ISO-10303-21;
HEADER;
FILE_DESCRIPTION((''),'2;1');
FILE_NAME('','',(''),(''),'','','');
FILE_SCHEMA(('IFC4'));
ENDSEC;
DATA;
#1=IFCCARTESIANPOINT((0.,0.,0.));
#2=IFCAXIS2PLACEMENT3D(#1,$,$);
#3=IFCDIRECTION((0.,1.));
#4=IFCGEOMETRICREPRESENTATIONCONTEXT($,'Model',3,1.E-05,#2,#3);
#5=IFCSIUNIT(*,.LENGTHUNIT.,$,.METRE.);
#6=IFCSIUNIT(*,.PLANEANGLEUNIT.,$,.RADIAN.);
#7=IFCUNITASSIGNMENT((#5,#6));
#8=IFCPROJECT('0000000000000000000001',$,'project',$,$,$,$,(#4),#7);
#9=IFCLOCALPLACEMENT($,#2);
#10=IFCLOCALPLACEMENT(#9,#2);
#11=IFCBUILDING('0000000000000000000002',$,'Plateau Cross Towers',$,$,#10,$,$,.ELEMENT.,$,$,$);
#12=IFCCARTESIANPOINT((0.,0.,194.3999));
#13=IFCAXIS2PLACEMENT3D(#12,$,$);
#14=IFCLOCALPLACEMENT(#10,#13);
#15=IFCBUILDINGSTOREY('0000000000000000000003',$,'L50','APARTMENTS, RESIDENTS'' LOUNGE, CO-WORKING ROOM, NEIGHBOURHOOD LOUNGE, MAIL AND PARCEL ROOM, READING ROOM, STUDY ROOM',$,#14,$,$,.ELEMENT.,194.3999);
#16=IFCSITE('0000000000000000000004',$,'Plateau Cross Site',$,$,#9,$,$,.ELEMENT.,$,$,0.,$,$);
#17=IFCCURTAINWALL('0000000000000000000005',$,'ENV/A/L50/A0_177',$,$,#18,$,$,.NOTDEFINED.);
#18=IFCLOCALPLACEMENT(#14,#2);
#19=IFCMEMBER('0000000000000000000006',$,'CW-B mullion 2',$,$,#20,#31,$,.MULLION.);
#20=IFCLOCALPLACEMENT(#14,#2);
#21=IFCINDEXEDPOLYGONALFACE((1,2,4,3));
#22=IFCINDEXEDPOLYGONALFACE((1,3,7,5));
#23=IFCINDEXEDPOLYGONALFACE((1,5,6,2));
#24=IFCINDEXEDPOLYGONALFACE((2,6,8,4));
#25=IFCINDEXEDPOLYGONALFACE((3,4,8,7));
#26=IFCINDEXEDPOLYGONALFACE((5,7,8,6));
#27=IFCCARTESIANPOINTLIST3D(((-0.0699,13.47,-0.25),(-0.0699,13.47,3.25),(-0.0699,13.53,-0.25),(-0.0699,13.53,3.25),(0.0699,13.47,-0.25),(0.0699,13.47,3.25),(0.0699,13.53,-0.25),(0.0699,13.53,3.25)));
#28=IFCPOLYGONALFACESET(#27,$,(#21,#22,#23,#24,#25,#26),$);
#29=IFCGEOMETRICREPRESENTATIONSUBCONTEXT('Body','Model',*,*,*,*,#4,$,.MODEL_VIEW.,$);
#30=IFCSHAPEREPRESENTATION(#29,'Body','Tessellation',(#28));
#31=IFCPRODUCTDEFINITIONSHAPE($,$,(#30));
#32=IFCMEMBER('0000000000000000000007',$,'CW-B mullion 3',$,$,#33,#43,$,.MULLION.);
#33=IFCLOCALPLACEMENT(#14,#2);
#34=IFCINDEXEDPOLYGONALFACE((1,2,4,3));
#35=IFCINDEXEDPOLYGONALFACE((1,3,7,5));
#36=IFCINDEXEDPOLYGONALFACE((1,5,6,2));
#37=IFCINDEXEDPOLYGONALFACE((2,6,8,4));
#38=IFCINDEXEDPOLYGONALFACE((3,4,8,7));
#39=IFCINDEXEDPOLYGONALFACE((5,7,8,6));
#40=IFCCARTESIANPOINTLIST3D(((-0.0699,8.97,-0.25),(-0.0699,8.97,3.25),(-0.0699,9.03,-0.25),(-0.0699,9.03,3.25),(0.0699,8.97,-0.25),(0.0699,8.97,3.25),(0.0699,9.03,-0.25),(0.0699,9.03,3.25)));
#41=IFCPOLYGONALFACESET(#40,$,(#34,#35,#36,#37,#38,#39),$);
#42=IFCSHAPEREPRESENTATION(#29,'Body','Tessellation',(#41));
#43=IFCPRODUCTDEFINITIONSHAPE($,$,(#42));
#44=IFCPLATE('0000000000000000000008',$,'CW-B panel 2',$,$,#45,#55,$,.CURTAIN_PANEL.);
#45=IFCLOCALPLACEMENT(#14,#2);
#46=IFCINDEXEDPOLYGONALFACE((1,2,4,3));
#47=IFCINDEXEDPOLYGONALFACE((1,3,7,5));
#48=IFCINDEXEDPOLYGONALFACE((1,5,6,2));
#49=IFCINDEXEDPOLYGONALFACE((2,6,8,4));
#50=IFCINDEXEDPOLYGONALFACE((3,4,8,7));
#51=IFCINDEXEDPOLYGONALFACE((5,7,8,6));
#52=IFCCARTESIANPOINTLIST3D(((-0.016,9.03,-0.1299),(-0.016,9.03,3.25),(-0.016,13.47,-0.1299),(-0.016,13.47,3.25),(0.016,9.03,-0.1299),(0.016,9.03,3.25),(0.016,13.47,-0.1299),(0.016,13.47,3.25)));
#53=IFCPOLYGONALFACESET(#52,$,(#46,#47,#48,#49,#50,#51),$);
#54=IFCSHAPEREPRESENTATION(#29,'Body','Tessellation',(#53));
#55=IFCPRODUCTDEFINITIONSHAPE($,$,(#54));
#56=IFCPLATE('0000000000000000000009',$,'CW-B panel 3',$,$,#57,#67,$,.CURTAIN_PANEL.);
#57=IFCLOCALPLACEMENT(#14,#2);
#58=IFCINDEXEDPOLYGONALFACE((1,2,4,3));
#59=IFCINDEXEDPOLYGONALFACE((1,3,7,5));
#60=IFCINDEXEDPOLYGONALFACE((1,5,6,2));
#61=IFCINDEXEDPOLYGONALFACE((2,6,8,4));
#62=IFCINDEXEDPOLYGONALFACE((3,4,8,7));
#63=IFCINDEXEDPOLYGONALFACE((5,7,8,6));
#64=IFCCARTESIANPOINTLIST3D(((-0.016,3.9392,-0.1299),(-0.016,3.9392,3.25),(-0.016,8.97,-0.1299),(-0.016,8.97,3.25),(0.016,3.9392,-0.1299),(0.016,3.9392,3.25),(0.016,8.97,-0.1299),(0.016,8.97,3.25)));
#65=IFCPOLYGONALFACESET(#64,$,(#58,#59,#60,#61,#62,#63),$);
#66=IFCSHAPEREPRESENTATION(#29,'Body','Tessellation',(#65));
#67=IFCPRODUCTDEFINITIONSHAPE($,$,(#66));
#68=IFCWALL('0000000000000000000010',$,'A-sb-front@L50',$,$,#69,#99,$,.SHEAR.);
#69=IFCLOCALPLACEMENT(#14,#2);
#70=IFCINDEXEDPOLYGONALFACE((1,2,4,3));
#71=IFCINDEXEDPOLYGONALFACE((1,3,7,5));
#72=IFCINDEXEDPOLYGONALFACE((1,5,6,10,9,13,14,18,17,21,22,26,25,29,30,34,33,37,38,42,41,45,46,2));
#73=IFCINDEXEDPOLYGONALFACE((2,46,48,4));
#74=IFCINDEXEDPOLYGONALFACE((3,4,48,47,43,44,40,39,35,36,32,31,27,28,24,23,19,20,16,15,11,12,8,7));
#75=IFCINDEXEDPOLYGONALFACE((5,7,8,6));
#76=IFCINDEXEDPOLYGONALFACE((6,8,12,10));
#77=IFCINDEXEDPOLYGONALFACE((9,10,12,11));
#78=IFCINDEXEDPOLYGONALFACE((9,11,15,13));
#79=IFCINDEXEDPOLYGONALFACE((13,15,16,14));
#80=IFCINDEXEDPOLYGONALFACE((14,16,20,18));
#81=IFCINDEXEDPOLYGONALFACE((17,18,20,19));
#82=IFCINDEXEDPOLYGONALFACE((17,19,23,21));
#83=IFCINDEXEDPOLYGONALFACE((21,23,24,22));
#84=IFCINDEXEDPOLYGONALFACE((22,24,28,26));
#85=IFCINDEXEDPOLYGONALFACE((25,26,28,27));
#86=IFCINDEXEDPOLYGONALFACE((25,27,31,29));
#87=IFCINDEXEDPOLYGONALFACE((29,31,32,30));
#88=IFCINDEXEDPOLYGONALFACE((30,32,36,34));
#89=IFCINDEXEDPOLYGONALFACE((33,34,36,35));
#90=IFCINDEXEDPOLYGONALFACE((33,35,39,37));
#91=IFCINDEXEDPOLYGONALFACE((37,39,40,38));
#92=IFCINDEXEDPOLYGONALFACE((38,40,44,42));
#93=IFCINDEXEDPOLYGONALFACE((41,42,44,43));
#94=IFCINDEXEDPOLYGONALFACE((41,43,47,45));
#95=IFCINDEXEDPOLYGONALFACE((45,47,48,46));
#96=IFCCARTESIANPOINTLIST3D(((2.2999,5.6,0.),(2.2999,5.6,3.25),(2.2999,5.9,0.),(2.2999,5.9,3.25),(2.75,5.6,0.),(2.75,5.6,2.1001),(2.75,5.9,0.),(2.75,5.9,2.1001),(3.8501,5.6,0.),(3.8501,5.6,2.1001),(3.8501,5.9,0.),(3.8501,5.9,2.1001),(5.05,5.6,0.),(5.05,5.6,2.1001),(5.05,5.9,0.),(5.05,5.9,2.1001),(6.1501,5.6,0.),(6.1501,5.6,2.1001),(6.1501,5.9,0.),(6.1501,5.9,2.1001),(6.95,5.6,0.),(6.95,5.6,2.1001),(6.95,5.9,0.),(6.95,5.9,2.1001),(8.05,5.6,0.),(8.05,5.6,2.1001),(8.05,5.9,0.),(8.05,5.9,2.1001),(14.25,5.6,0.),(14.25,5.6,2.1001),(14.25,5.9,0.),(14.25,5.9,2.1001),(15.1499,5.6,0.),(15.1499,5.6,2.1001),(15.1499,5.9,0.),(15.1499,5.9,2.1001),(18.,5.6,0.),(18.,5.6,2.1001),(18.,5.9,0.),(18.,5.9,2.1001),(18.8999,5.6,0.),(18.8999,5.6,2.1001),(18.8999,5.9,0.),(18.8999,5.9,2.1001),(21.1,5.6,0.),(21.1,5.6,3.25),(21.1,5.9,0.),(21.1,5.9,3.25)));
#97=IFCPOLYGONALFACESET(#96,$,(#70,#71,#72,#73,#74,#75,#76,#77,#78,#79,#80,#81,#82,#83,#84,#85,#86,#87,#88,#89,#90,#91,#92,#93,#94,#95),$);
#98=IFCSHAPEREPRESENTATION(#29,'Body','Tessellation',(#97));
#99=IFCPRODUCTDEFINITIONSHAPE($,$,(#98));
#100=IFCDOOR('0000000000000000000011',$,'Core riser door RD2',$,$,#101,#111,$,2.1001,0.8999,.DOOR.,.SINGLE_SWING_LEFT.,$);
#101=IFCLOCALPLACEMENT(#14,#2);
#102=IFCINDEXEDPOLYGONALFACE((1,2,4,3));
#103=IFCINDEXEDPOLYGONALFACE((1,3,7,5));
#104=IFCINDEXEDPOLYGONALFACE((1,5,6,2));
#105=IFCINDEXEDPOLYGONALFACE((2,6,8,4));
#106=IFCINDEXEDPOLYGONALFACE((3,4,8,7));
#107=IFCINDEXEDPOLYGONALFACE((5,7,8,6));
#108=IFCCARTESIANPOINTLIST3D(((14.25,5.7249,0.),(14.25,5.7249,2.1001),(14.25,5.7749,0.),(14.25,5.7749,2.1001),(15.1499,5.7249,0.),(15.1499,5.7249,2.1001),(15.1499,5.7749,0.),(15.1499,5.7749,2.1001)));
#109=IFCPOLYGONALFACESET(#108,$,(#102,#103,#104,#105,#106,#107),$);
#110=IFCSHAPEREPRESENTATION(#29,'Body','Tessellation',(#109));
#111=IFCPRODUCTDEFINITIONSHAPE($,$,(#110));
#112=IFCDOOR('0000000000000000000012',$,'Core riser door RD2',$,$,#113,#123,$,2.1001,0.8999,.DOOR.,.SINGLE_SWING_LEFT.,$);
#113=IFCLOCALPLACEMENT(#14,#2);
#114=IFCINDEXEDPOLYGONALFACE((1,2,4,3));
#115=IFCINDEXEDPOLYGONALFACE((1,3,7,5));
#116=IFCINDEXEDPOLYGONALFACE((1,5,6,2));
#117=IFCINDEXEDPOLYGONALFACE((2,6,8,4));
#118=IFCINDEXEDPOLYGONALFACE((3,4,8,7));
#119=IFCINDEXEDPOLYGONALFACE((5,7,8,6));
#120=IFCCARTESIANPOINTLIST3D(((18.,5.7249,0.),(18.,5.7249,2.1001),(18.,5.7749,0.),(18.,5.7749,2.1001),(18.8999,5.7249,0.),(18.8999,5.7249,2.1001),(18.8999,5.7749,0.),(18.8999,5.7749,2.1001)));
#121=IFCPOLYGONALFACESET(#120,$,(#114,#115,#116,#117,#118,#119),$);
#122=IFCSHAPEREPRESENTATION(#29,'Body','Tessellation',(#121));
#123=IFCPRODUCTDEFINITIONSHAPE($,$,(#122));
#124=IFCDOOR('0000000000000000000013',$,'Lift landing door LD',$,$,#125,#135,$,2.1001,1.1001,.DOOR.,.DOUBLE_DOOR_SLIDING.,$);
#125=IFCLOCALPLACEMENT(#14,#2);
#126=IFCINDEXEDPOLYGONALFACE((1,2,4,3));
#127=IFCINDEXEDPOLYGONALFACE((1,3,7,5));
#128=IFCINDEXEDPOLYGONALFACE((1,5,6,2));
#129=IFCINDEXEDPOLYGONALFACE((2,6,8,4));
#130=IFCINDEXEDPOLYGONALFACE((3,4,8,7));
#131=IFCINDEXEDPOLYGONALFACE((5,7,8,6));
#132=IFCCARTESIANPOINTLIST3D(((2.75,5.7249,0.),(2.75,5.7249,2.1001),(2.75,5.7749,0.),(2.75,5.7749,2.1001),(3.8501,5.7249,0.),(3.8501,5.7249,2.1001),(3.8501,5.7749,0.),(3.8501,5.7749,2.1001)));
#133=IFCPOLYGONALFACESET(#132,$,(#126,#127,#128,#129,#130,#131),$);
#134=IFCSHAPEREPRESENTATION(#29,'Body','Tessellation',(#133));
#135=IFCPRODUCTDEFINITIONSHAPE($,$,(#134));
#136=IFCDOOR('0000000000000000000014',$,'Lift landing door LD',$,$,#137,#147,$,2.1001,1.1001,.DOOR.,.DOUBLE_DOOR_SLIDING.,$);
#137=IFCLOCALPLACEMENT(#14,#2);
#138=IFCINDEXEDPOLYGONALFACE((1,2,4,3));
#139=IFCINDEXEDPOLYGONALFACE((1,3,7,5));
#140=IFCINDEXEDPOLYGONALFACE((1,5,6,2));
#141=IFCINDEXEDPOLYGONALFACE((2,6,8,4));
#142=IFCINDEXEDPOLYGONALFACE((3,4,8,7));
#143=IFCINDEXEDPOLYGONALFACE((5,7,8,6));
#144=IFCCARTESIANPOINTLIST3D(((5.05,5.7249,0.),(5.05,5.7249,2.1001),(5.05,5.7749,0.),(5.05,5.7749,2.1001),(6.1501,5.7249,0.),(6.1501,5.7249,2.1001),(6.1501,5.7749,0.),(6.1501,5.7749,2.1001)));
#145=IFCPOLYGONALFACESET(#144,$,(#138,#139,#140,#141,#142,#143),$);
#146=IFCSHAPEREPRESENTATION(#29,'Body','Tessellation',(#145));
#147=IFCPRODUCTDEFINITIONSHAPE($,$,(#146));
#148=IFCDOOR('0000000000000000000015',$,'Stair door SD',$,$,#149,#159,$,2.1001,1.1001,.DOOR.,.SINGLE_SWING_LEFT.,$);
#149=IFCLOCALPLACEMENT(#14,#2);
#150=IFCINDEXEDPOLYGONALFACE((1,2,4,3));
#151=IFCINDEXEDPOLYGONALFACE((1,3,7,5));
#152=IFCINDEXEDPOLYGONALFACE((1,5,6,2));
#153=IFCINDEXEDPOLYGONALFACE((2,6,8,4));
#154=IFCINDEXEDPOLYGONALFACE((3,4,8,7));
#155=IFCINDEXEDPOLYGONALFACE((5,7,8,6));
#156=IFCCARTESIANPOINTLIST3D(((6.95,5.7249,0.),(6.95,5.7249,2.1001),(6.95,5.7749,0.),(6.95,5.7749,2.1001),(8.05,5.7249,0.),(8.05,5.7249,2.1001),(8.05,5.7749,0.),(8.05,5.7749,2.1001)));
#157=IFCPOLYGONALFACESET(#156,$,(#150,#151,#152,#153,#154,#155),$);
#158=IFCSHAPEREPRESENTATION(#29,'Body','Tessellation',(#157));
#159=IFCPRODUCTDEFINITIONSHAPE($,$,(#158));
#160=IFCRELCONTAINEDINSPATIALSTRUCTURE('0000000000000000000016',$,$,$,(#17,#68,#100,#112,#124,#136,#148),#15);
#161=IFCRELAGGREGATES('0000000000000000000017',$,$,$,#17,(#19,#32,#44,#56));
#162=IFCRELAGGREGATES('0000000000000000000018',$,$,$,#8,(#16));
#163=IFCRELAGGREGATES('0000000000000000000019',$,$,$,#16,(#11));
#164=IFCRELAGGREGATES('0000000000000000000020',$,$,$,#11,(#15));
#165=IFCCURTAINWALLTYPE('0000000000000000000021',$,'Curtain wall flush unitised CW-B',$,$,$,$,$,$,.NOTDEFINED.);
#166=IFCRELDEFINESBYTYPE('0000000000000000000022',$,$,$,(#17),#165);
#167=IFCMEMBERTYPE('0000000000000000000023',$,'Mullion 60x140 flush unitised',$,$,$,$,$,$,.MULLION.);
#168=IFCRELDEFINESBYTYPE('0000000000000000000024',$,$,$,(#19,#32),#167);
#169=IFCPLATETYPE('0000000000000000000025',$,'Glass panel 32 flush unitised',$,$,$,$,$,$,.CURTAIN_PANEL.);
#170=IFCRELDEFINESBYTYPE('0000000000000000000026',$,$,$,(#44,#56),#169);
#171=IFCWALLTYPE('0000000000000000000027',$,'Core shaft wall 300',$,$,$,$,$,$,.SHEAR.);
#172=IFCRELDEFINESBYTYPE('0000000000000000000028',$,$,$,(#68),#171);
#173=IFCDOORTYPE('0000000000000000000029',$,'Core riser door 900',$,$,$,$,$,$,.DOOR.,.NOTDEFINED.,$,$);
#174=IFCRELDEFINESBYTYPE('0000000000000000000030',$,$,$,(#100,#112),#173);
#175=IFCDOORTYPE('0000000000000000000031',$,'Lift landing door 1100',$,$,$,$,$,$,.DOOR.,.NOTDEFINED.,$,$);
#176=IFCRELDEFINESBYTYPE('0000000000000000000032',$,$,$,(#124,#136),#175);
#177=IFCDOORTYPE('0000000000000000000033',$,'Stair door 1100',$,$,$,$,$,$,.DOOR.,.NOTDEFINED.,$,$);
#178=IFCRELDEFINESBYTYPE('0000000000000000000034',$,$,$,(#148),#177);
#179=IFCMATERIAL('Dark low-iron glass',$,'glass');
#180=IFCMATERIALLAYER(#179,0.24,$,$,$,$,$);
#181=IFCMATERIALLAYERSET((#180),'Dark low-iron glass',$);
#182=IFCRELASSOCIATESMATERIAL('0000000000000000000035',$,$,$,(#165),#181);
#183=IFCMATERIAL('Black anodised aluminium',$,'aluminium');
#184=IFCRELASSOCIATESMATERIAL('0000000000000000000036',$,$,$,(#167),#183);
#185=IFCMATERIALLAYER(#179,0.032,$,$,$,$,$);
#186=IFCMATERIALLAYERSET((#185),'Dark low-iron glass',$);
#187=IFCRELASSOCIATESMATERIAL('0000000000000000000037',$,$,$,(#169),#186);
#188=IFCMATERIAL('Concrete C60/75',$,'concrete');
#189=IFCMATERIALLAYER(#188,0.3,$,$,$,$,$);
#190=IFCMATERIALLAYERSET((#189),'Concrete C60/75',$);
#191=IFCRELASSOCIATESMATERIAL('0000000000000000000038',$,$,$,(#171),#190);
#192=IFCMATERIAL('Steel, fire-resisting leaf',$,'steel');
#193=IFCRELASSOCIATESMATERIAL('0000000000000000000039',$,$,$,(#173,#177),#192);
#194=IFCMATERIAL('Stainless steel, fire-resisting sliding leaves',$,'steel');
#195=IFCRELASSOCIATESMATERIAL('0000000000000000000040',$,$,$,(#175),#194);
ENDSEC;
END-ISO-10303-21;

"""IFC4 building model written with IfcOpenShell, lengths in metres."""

from ifc_helpers import new_model, si_unit, direction, frame, frame_2d, origin, origin_2d, place, context, subcontext, project, spatial, rectangle, extrude, material, layer, layer_set, material_profile, profile_set, type_object, element, fill, aggregate, save


model = new_model("IFC4")

# Units and contexts
model_context = context("Model", 3, precision=1e-05, world=origin(), true_north=direction((0.0, 1.0)))
body_context = subcontext(model_context, "Body", "Model", "MODEL_VIEW")
ifc_project = project(units=[si_unit("LENGTHUNIT", "METRE"), si_unit("PLANEANGLEUNIT", "RADIAN")], contexts=[model_context])

# Site, building, storey
site_placement = place(None, origin())
site = spatial("IfcSite", under=ifc_project, at=site_placement, Name="Plateau Cross Site", CompositionType="ELEMENT", RefElevation=0.0)
building_placement = place(site_placement, origin())
building = spatial("IfcBuilding", under=site, at=building_placement, Name="Plateau Cross Towers", CompositionType="ELEMENT")
storey_placement = place(building_placement, frame((0.0, 0.0, 194.3999)))
storey = spatial("IfcBuildingStorey", under=building, at=storey_placement, Name="L50", Description="APARTMENTS, RESIDENTS' LOUNGE, CO-WORKING ROOM, NEIGHBOURHOOD LOUNGE, MAIL AND PARCEL ROOM, READING ROOM, STUDY ROOM", CompositionType="ELEMENT", Elevation=194.3999)

# Curtain wall, members, plates
ifc_material_1 = material(Name="Dark low-iron glass", Category="glass")
ifc_layer_1 = layer(ifc_material_1, 0.24)
ifc_layer_set_1 = layer_set([ifc_layer_1], Name="Dark low-iron glass")
curtain_wall_type = type_object("IfcCurtainWallType", Name="Curtain wall flush unitised CW-B", PredefinedType="NOTDEFINED", material=ifc_layer_set_1)
curtain_wall_placement = place(storey_placement, origin())
curtain_wall = element("IfcCurtainWall", 1, at=curtain_wall_placement, inside=storey, type_object=curtain_wall_type, Name="ENV/A/L50/A0_177", PredefinedType="NOTDEFINED")
ifc_material_2 = material(Name="Black anodised aluminium", Category="aluminium")
ifc_material_profile = material_profile(ifc_material_2, rectangle(XDim=0.0601, YDim=0.1399, at=origin_2d()), Name="MULLION 60x140")
ifc_profile_set = profile_set([ifc_material_profile], Name="Black anodised aluminium")
member_type = type_object("IfcMemberType", Name="Mullion 60x140 flush unitised", PredefinedType="MULLION", material=ifc_profile_set)
member_1_placement = place(storey_placement, frame((0.0, 13.5, -0.25), z_axis=(0.0, 0.0, 1.0), x_axis=(0.0, -1.0, 0.0)))
member_1 = element("IfcMember", 2, at=member_1_placement, type_object=member_type, Name="CW-B mullion 2", PredefinedType="MULLION", context=body_context, shape_type="SweptSolid", body=[
    extrude(rectangle(XDim=0.0601, YDim=0.1399, at=origin_2d()), origin(), (0.0, 0.0, 1.0), 3.5),
])
member_2_placement = place(storey_placement, frame((0.0, 9.0, -0.25), z_axis=(0.0, 0.0, 1.0), x_axis=(0.0, -1.0, 0.0)))
member_2 = element("IfcMember", 3, at=member_2_placement, type_object=member_type, Name="CW-B mullion 3", PredefinedType="MULLION", context=body_context, shape_type="SweptSolid", body=[
    extrude(rectangle(XDim=0.0601, YDim=0.1399, at=origin_2d()), origin(), (0.0, 0.0, 1.0), 3.5),
])
ifc_layer_2 = layer(ifc_material_1, 0.032)
ifc_layer_set_2 = layer_set([ifc_layer_2], Name="Dark low-iron glass")
plate_type = type_object("IfcPlateType", Name="Glass panel 32 flush unitised", PredefinedType="CURTAIN_PANEL", material=ifc_layer_set_2)
plate_1_placement = place(storey_placement, frame((0.0, 11.25, -0.1299), z_axis=(0.0, 0.0, 1.0), x_axis=(0.0, -1.0, 0.0)))
plate_1 = element("IfcPlate", 4, at=plate_1_placement, type_object=plate_type, Name="CW-B panel 2", PredefinedType="CURTAIN_PANEL", context=body_context, shape_type="SweptSolid", body=[
    extrude(rectangle(XDim=4.4399, YDim=0.032, at=origin_2d()), origin(), (0.0, 0.0, 1.0), 3.3799),
])
plate_2_placement = place(storey_placement, frame((0.0, 6.4546, -0.1299), z_axis=(0.0, 0.0, 1.0), x_axis=(0.0, -1.0, 0.0)))
plate_2 = element("IfcPlate", 5, at=plate_2_placement, type_object=plate_type, Name="CW-B panel 3", PredefinedType="CURTAIN_PANEL", context=body_context, shape_type="SweptSolid", body=[
    extrude(rectangle(XDim=5.0308, YDim=0.032, at=origin_2d()), origin(), (0.0, 0.0, 1.0), 3.3799),
])
aggregate(curtain_wall, [member_1, member_2, plate_1, plate_2])

# Wall, openings, doors
ifc_material_3 = material(Name="Concrete C60/75", Category="concrete")
ifc_layer_3 = layer(ifc_material_3, 0.3)
ifc_layer_set_3 = layer_set([ifc_layer_3], Name="Concrete C60/75")
wall_type = type_object("IfcWallType", Name="Core shaft wall 300", PredefinedType="SHEAR", material=ifc_layer_set_3)
wall_1_placement = place(storey_placement, frame((2.3, 5.75, 0.0), z_axis=(0.0, 0.0, 1.0), x_axis=(1.0, 0.0, 0.0)))
wall_1 = element("IfcWall", 6, at=wall_1_placement, inside=storey, type_object=wall_type, Name="A-sb-front@L50", PredefinedType="SHEAR", context=body_context, shape_type="SweptSolid", body=[
    extrude(rectangle(XDim=18.8, YDim=0.3, at=frame_2d((9.3999, 0.0))), origin(), (0.0, 0.0, 1.0), 3.25),
])
opening_1_placement = place(wall_1_placement, frame((4.6499, 0.0, 0.0)))
opening_1 = element("IfcOpeningElement", 7, at=opening_1_placement, cuts=wall_1, PredefinedType="OPENING", context=body_context, shape_type="SweptSolid", body=[
    extrude(rectangle(XDim=1.1001, YDim=2.1001, at=frame_2d((0.55, 1.05))), frame((0.0, 0.1599, 0.0), z_axis=(0.0, -1.0, 0.0), x_axis=(1.0, 0.0, 0.0)), (0.0, 0.0, 1.0), 0.3201),
])
opening_2_placement = place(wall_1_placement, frame((0.45, 0.0, 0.0)))
opening_2 = element("IfcOpeningElement", 8, at=opening_2_placement, cuts=wall_1, PredefinedType="OPENING", context=body_context, shape_type="SweptSolid", body=[
    extrude(rectangle(XDim=1.1001, YDim=2.1001, at=frame_2d((0.55, 1.05))), frame((0.0, 0.1599, 0.0), z_axis=(0.0, -1.0, 0.0), x_axis=(1.0, 0.0, 0.0)), (0.0, 0.0, 1.0), 0.3201),
])
opening_3_placement = place(wall_1_placement, frame((2.75, 0.0, 0.0)))
opening_3 = element("IfcOpeningElement", 9, at=opening_3_placement, cuts=wall_1, PredefinedType="OPENING", context=body_context, shape_type="SweptSolid", body=[
    extrude(rectangle(XDim=1.1001, YDim=2.1001, at=frame_2d((0.55, 1.05))), frame((0.0, 0.1599, 0.0), z_axis=(0.0, -1.0, 0.0), x_axis=(1.0, 0.0, 0.0)), (0.0, 0.0, 1.0), 0.3201),
])
opening_4_placement = place(wall_1_placement, frame((11.95, 0.0, 0.0)))
opening_4 = element("IfcOpeningElement", 10, at=opening_4_placement, cuts=wall_1, PredefinedType="OPENING", context=body_context, shape_type="SweptSolid", body=[
    extrude(rectangle(XDim=0.8999, YDim=2.1001, at=frame_2d((0.45, 1.05))), frame((0.0, 0.1599, 0.0), z_axis=(0.0, -1.0, 0.0), x_axis=(1.0, 0.0, 0.0)), (0.0, 0.0, 1.0), 0.3201),
])
opening_5_placement = place(wall_1_placement, frame((15.7, 0.0, 0.0)))
opening_5 = element("IfcOpeningElement", 11, at=opening_5_placement, cuts=wall_1, PredefinedType="OPENING", context=body_context, shape_type="SweptSolid", body=[
    extrude(rectangle(XDim=0.8999, YDim=2.1001, at=frame_2d((0.45, 1.05))), frame((0.0, 0.1599, 0.0), z_axis=(0.0, -1.0, 0.0), x_axis=(1.0, 0.0, 0.0)), (0.0, 0.0, 1.0), 0.3201),
])
ifc_material_4 = material(Name="Steel, fire-resisting leaf", Category="steel")
door_type_1 = type_object("IfcDoorType", Name="Core riser door 900", OperationType="NOTDEFINED", PredefinedType="DOOR", material=ifc_material_4)
door_1_placement = place(opening_4_placement, origin())
door_1 = element("IfcDoor", 12, at=door_1_placement, inside=storey, type_object=door_type_1, Name="Core riser door RD2", OperationType="SINGLE_SWING_LEFT", OverallHeight=2.1001, OverallWidth=0.8999, PredefinedType="DOOR", context=body_context, shape_type="SweptSolid", body=[
    extrude(rectangle(XDim=0.8999, YDim=2.1001, at=frame_2d((0.45, 1.05))), frame((0.0, 0.0249, 0.0), z_axis=(0.0, -1.0, 0.0), x_axis=(1.0, 0.0, 0.0)), (0.0, 0.0, 1.0), 0.05),
])
fill(opening_4, door_1)
door_2_placement = place(opening_5_placement, origin())
door_2 = element("IfcDoor", 13, at=door_2_placement, inside=storey, type_object=door_type_1, Name="Core riser door RD2", OperationType="SINGLE_SWING_LEFT", OverallHeight=2.1001, OverallWidth=0.8999, PredefinedType="DOOR", context=body_context, shape_type="SweptSolid", body=[
    extrude(rectangle(XDim=0.8999, YDim=2.1001, at=frame_2d((0.45, 1.05))), frame((0.0, 0.0249, 0.0), z_axis=(0.0, -1.0, 0.0), x_axis=(1.0, 0.0, 0.0)), (0.0, 0.0, 1.0), 0.05),
])
fill(opening_5, door_2)
ifc_material_5 = material(Name="Stainless steel, fire-resisting sliding leaves", Category="steel")
door_type_2 = type_object("IfcDoorType", Name="Lift landing door 1100", OperationType="NOTDEFINED", PredefinedType="DOOR", material=ifc_material_5)
door_3_placement = place(opening_2_placement, origin())
door_3 = element("IfcDoor", 14, at=door_3_placement, inside=storey, type_object=door_type_2, Name="Lift landing door LD", OperationType="DOUBLE_DOOR_SLIDING", OverallHeight=2.1001, OverallWidth=1.1001, PredefinedType="DOOR", context=body_context, shape_type="SweptSolid", body=[
    extrude(rectangle(XDim=1.1001, YDim=2.1001, at=frame_2d((0.55, 1.05))), frame((0.0, 0.0249, 0.0), z_axis=(0.0, -1.0, 0.0), x_axis=(1.0, 0.0, 0.0)), (0.0, 0.0, 1.0), 0.05),
])
fill(opening_2, door_3)
door_4_placement = place(opening_3_placement, origin())
door_4 = element("IfcDoor", 15, at=door_4_placement, inside=storey, type_object=door_type_2, Name="Lift landing door LD", OperationType="DOUBLE_DOOR_SLIDING", OverallHeight=2.1001, OverallWidth=1.1001, PredefinedType="DOOR", context=body_context, shape_type="SweptSolid", body=[
    extrude(rectangle(XDim=1.1001, YDim=2.1001, at=frame_2d((0.55, 1.05))), frame((0.0, 0.0249, 0.0), z_axis=(0.0, -1.0, 0.0), x_axis=(1.0, 0.0, 0.0)), (0.0, 0.0, 1.0), 0.05),
])
fill(opening_3, door_4)
door_type_3 = type_object("IfcDoorType", Name="Stair door 1100", OperationType="NOTDEFINED", PredefinedType="DOOR", material=ifc_material_4)
door_5_placement = place(opening_1_placement, origin())
door_5 = element("IfcDoor", 16, at=door_5_placement, inside=storey, type_object=door_type_3, Name="Stair door SD", OperationType="SINGLE_SWING_LEFT", OverallHeight=2.1001, OverallWidth=1.1001, PredefinedType="DOOR", context=body_context, shape_type="SweptSolid", body=[
    extrude(rectangle(XDim=1.1001, YDim=2.1001, at=frame_2d((0.55, 1.05))), frame((0.0, 0.0249, 0.0), z_axis=(0.0, -1.0, 0.0), x_axis=(1.0, 0.0, 0.0)), (0.0, 0.0, 1.0), 0.05),
])
fill(opening_1, door_5)

save(model, "model.ifc")
